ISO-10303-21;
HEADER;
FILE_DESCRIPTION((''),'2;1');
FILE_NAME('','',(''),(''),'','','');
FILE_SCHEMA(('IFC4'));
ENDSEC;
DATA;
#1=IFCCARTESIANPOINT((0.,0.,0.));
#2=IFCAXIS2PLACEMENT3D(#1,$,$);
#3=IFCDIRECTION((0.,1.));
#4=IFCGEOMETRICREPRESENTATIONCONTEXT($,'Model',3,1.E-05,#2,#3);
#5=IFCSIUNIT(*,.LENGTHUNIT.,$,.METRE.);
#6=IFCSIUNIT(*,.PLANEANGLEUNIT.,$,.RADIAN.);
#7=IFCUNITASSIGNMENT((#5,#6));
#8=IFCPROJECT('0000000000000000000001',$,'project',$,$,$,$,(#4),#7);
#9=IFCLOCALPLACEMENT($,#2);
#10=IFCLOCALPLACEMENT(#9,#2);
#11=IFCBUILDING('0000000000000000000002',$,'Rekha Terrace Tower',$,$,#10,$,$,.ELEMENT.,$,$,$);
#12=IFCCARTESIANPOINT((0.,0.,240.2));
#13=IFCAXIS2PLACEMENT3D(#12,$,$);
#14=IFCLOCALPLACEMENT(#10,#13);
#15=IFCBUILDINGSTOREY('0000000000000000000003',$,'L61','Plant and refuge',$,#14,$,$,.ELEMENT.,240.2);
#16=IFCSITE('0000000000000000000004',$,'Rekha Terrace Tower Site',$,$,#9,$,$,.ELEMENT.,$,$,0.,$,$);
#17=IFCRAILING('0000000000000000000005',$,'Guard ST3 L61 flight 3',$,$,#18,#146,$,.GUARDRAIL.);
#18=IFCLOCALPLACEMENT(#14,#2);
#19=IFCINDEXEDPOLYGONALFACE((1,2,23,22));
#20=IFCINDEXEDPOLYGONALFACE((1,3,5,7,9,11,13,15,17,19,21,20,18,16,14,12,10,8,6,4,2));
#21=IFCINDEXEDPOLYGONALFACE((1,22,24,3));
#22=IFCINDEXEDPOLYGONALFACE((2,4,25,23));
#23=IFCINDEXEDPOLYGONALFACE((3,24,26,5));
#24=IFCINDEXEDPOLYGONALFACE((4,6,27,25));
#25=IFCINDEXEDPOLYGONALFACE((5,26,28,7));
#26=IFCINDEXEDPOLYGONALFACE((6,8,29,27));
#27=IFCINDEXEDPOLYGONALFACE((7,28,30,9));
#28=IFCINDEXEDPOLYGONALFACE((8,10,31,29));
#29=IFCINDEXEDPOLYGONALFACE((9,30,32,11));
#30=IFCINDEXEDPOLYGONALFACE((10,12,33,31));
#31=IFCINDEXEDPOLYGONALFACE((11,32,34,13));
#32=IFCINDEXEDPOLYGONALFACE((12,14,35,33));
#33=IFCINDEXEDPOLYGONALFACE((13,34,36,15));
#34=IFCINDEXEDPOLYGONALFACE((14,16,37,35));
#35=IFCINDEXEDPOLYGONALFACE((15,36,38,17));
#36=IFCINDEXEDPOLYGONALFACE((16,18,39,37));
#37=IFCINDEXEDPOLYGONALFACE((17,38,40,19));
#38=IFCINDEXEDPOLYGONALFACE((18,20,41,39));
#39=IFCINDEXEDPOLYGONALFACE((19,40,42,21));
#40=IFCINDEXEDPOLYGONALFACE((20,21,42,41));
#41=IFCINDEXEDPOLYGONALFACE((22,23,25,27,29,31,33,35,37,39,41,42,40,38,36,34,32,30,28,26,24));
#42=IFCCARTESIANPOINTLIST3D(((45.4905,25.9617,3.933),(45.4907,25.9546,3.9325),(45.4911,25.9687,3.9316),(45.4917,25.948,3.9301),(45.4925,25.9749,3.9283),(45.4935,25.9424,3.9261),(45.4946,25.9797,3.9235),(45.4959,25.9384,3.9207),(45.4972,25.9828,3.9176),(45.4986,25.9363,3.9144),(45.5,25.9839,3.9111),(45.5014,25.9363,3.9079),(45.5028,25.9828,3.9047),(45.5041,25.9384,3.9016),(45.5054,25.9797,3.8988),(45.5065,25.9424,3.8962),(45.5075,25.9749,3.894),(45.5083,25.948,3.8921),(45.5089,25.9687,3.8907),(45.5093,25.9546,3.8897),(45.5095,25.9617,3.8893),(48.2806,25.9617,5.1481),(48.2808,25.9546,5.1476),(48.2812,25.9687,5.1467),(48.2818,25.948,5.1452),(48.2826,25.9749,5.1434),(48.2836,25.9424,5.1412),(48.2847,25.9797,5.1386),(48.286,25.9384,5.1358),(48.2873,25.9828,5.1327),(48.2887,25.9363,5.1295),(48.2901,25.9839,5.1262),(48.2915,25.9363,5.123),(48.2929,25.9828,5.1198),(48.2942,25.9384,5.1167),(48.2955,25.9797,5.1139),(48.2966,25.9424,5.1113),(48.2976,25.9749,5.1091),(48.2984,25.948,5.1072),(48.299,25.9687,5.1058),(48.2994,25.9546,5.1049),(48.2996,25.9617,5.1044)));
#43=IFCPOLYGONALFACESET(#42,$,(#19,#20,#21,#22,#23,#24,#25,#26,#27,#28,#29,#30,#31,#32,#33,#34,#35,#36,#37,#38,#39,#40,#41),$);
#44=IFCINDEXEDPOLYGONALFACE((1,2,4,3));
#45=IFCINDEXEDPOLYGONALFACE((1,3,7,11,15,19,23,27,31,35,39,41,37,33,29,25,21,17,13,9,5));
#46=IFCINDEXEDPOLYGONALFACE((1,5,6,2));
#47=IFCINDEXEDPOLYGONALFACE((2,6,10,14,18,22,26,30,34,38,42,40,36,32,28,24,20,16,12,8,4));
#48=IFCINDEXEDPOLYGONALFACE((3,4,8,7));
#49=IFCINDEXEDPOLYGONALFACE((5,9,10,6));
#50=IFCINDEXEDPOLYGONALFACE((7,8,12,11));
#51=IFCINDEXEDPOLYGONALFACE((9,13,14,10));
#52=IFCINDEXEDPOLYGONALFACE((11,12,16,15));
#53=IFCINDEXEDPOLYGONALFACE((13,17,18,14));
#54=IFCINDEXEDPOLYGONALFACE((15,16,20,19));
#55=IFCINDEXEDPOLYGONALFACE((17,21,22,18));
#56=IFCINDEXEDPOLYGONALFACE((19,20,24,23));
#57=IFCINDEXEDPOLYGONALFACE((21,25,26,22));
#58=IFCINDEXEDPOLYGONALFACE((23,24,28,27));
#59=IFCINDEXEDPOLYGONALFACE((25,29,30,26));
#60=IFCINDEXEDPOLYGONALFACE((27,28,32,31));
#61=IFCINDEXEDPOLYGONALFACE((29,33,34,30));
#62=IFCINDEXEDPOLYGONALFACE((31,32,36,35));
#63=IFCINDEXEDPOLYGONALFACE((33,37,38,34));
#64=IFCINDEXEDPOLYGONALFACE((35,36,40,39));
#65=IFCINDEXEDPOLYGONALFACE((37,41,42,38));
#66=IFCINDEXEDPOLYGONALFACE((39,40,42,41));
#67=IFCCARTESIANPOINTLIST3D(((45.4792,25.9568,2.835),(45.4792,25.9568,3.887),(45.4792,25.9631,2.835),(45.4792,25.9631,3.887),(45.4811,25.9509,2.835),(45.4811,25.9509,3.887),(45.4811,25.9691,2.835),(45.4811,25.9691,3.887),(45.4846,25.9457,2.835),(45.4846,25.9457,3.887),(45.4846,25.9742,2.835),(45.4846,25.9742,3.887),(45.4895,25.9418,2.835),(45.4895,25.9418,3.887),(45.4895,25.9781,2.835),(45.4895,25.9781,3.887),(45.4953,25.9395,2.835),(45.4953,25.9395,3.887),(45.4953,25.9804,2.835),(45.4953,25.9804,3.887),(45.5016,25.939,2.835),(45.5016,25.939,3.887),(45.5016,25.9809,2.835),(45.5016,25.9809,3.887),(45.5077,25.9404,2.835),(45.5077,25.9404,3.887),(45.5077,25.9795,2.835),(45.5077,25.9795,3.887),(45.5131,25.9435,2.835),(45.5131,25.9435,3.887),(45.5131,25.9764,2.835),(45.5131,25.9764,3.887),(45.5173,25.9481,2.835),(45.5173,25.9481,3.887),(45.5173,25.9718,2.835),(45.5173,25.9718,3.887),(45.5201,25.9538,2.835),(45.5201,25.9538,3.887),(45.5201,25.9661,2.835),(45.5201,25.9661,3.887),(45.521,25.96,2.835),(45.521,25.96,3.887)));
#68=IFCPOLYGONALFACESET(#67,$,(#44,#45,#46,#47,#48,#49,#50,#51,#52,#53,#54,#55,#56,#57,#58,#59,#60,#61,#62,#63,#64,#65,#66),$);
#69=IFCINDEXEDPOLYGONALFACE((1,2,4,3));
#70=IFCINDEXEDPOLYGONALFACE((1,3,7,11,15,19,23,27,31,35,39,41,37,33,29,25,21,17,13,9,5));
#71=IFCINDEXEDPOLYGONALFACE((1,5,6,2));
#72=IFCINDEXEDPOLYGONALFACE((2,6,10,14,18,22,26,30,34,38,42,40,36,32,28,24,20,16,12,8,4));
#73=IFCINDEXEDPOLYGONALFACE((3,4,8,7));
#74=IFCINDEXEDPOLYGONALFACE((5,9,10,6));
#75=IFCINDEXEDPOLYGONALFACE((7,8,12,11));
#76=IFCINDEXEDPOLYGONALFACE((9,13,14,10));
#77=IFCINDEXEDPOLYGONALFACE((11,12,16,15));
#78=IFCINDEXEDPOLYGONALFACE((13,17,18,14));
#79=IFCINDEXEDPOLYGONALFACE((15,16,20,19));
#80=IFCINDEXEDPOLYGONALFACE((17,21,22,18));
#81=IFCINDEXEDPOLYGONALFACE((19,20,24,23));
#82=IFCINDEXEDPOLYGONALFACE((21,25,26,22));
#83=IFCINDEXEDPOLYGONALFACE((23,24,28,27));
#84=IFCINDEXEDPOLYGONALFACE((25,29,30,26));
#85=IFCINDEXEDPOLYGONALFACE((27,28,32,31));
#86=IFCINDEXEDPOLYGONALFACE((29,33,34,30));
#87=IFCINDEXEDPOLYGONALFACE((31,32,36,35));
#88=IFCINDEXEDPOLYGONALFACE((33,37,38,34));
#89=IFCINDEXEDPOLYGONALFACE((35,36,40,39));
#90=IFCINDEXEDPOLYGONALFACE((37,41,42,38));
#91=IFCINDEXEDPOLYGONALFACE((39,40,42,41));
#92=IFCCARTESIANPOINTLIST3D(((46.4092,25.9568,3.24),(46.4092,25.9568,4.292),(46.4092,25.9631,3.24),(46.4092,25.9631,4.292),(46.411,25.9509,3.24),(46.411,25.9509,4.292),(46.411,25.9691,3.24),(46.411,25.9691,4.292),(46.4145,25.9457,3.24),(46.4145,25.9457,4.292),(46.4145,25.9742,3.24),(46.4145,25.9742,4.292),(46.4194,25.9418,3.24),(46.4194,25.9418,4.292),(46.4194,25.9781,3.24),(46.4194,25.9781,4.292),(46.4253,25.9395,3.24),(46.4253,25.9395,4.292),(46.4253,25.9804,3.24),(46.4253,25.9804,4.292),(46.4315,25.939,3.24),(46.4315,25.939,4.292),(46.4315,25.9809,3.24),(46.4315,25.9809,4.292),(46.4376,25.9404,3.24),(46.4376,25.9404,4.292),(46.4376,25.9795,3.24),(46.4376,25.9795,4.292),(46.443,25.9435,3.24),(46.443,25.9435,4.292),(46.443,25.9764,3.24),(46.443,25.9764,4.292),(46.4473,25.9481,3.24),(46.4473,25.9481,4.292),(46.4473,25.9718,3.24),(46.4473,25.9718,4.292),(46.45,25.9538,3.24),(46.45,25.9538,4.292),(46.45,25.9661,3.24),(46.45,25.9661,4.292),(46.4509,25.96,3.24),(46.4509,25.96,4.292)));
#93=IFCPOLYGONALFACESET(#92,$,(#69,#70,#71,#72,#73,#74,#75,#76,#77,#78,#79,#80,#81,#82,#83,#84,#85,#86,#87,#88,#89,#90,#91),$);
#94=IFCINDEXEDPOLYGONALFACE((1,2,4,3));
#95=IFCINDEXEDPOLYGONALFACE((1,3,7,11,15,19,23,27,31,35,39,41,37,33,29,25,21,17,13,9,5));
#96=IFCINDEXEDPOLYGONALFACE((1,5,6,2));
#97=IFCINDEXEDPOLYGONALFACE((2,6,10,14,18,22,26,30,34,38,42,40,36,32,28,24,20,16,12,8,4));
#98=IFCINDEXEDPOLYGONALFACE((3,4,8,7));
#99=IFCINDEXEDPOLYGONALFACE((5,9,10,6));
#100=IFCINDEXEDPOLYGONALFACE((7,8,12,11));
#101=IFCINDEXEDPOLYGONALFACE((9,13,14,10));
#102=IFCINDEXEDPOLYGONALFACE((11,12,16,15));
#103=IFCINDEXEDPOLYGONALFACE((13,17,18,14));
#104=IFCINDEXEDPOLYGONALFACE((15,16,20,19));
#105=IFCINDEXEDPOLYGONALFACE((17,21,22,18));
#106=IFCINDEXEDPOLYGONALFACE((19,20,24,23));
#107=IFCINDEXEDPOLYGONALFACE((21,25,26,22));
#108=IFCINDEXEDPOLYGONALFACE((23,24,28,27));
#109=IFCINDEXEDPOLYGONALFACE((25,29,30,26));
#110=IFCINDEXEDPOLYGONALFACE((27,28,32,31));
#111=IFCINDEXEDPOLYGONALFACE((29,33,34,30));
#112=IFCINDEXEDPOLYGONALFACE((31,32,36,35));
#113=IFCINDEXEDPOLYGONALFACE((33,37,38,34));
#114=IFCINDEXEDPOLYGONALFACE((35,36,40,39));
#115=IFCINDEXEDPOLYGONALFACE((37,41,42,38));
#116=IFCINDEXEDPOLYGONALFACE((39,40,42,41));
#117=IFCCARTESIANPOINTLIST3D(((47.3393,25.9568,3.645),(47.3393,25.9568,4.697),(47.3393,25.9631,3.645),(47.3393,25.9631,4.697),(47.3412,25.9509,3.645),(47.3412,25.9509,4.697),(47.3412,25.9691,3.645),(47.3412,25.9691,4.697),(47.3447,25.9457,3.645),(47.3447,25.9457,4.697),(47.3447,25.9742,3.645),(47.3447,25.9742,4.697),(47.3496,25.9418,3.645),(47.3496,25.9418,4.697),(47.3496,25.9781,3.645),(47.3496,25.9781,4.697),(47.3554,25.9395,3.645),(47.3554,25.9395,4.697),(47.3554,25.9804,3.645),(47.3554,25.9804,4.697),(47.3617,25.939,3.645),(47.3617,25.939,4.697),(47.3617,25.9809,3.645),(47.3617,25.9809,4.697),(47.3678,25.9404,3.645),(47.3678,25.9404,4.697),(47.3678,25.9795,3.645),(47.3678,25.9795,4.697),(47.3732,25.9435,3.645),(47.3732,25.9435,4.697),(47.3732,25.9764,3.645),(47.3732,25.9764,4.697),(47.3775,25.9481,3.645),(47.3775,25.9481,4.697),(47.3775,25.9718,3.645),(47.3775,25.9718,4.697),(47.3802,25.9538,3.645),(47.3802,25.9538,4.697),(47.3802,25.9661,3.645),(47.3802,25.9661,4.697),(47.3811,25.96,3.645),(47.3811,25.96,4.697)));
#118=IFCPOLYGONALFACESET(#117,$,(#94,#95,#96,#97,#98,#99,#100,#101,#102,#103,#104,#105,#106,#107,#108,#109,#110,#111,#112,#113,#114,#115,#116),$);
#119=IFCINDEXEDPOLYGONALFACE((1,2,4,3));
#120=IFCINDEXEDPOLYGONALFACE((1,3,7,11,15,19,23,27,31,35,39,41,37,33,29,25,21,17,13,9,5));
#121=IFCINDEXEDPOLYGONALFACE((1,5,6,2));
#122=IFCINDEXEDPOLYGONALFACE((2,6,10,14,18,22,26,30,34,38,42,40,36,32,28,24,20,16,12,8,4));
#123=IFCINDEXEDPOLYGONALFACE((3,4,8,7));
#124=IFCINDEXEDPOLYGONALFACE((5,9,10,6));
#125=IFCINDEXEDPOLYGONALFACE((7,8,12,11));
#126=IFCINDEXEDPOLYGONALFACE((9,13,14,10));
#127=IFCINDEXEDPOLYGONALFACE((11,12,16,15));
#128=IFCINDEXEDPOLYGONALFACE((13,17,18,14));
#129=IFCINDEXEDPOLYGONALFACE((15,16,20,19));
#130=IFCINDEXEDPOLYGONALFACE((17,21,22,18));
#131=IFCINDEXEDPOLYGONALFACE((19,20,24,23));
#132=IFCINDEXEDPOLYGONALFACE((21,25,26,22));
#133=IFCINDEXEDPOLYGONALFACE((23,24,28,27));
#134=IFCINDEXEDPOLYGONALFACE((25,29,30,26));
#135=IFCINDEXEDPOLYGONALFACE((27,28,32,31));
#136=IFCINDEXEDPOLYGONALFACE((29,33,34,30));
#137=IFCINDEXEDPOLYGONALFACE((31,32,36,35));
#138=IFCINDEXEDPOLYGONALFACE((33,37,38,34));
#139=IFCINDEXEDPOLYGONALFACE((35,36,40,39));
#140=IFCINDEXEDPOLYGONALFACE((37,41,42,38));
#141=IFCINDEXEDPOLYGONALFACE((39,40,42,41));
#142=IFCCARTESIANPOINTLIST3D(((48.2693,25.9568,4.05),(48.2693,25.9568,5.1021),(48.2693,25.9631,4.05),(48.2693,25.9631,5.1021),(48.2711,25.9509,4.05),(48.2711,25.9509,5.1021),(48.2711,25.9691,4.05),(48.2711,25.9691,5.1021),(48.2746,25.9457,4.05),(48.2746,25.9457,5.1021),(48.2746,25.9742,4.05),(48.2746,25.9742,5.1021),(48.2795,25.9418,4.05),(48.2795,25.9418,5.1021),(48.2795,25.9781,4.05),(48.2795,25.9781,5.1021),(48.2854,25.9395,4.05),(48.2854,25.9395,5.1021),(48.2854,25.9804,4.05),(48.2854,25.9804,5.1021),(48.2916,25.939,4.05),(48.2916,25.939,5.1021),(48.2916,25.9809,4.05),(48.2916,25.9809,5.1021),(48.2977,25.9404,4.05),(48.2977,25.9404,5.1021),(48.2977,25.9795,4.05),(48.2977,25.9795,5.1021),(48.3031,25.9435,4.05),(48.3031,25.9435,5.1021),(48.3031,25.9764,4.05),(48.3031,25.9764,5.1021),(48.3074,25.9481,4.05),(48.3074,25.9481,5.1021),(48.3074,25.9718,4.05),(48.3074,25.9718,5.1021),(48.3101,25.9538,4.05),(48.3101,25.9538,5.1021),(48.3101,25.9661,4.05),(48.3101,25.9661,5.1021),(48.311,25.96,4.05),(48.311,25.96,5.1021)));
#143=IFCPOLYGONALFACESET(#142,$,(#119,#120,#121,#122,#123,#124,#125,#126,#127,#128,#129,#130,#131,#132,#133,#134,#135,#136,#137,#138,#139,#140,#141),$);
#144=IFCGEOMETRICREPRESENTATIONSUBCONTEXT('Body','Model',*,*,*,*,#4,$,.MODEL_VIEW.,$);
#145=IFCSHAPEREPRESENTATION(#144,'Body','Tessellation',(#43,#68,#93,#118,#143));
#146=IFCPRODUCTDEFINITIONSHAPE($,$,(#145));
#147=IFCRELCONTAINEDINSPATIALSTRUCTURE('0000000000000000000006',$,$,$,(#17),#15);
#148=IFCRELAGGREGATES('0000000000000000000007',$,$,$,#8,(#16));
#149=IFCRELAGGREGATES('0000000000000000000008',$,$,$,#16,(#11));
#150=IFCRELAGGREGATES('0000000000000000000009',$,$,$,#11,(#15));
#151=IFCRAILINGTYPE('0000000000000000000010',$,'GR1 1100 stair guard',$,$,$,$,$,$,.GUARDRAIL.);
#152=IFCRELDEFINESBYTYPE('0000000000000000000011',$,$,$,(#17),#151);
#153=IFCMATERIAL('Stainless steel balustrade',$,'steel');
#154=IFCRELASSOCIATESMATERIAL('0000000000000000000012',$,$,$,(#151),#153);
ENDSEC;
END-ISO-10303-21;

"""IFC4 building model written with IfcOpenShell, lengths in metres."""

from ifc_helpers import new_model, si_unit, direction, frame, origin, origin_2d, place, context, subcontext, project, spatial, circle, extrude, material, type_object, element, save


model = new_model("IFC4")

# Units and contexts
model_context = context("Model", 3, precision=1e-05, world=origin(), true_north=direction((0.0, 1.0)))
body_context = subcontext(model_context, "Body", "Model", "MODEL_VIEW")
ifc_project = project(units=[si_unit("LENGTHUNIT", "METRE"), si_unit("PLANEANGLEUNIT", "RADIAN")], contexts=[model_context])

# Site, building, storey
site_placement = place(None, origin())
site = spatial("IfcSite", under=ifc_project, at=site_placement, Name="Rekha Terrace Tower Site", CompositionType="ELEMENT", RefElevation=0.0)
building_placement = place(site_placement, origin())
building = spatial("IfcBuilding", under=site, at=building_placement, Name="Rekha Terrace Tower", CompositionType="ELEMENT")
storey_placement = place(building_placement, frame((0.0, 0.0, 240.2)))
storey = spatial("IfcBuildingStorey", under=building, at=storey_placement, Name="L61", Description="Plant and refuge", CompositionType="ELEMENT", Elevation=240.2)

# Railing
ifc_material_1 = material(Name="Stainless steel balustrade", Category="steel")
railing_type_1 = type_object("IfcRailingType", Name="GR1 1100 stair guard", PredefinedType="GUARDRAIL", material=ifc_material_1)
railing_1_placement = place(storey_placement, frame((45.5, 25.96, 2.835)))
element("IfcRailing", 1, at=railing_1_placement, inside=storey, type_object=railing_type_1, Name="Guard ST3 L61 flight 3", PredefinedType="GUARDRAIL", context=body_context, shape_type="SweptSolid", body=[
    extrude(circle(Radius=0.0239, at=origin_2d()), frame((0.0, 0.0, 1.0762), z_axis=(0.916826, 0.0, 0.399286), x_axis=(0.0, 1.0, 0.0)), (0.0, 0.0, 1.0), 3.0432),
    extrude(circle(Radius=0.021, at=origin_2d()), origin(), (0.0, 0.0, 1.0), 1.052),
    extrude(circle(Radius=0.021, at=origin_2d()), frame((0.9299, 0.0, 0.405)), (0.0, 0.0, 1.0), 1.052),
    extrude(circle(Radius=0.021, at=origin_2d()), frame((1.8601, 0.0, 0.8101)), (0.0, 0.0, 1.0), 1.052),
    extrude(circle(Radius=0.021, at=origin_2d()), frame((2.79, 0.0, 1.2151)), (0.0, 0.0, 1.0), 1.052),
])

save(model, "model.ifc")
